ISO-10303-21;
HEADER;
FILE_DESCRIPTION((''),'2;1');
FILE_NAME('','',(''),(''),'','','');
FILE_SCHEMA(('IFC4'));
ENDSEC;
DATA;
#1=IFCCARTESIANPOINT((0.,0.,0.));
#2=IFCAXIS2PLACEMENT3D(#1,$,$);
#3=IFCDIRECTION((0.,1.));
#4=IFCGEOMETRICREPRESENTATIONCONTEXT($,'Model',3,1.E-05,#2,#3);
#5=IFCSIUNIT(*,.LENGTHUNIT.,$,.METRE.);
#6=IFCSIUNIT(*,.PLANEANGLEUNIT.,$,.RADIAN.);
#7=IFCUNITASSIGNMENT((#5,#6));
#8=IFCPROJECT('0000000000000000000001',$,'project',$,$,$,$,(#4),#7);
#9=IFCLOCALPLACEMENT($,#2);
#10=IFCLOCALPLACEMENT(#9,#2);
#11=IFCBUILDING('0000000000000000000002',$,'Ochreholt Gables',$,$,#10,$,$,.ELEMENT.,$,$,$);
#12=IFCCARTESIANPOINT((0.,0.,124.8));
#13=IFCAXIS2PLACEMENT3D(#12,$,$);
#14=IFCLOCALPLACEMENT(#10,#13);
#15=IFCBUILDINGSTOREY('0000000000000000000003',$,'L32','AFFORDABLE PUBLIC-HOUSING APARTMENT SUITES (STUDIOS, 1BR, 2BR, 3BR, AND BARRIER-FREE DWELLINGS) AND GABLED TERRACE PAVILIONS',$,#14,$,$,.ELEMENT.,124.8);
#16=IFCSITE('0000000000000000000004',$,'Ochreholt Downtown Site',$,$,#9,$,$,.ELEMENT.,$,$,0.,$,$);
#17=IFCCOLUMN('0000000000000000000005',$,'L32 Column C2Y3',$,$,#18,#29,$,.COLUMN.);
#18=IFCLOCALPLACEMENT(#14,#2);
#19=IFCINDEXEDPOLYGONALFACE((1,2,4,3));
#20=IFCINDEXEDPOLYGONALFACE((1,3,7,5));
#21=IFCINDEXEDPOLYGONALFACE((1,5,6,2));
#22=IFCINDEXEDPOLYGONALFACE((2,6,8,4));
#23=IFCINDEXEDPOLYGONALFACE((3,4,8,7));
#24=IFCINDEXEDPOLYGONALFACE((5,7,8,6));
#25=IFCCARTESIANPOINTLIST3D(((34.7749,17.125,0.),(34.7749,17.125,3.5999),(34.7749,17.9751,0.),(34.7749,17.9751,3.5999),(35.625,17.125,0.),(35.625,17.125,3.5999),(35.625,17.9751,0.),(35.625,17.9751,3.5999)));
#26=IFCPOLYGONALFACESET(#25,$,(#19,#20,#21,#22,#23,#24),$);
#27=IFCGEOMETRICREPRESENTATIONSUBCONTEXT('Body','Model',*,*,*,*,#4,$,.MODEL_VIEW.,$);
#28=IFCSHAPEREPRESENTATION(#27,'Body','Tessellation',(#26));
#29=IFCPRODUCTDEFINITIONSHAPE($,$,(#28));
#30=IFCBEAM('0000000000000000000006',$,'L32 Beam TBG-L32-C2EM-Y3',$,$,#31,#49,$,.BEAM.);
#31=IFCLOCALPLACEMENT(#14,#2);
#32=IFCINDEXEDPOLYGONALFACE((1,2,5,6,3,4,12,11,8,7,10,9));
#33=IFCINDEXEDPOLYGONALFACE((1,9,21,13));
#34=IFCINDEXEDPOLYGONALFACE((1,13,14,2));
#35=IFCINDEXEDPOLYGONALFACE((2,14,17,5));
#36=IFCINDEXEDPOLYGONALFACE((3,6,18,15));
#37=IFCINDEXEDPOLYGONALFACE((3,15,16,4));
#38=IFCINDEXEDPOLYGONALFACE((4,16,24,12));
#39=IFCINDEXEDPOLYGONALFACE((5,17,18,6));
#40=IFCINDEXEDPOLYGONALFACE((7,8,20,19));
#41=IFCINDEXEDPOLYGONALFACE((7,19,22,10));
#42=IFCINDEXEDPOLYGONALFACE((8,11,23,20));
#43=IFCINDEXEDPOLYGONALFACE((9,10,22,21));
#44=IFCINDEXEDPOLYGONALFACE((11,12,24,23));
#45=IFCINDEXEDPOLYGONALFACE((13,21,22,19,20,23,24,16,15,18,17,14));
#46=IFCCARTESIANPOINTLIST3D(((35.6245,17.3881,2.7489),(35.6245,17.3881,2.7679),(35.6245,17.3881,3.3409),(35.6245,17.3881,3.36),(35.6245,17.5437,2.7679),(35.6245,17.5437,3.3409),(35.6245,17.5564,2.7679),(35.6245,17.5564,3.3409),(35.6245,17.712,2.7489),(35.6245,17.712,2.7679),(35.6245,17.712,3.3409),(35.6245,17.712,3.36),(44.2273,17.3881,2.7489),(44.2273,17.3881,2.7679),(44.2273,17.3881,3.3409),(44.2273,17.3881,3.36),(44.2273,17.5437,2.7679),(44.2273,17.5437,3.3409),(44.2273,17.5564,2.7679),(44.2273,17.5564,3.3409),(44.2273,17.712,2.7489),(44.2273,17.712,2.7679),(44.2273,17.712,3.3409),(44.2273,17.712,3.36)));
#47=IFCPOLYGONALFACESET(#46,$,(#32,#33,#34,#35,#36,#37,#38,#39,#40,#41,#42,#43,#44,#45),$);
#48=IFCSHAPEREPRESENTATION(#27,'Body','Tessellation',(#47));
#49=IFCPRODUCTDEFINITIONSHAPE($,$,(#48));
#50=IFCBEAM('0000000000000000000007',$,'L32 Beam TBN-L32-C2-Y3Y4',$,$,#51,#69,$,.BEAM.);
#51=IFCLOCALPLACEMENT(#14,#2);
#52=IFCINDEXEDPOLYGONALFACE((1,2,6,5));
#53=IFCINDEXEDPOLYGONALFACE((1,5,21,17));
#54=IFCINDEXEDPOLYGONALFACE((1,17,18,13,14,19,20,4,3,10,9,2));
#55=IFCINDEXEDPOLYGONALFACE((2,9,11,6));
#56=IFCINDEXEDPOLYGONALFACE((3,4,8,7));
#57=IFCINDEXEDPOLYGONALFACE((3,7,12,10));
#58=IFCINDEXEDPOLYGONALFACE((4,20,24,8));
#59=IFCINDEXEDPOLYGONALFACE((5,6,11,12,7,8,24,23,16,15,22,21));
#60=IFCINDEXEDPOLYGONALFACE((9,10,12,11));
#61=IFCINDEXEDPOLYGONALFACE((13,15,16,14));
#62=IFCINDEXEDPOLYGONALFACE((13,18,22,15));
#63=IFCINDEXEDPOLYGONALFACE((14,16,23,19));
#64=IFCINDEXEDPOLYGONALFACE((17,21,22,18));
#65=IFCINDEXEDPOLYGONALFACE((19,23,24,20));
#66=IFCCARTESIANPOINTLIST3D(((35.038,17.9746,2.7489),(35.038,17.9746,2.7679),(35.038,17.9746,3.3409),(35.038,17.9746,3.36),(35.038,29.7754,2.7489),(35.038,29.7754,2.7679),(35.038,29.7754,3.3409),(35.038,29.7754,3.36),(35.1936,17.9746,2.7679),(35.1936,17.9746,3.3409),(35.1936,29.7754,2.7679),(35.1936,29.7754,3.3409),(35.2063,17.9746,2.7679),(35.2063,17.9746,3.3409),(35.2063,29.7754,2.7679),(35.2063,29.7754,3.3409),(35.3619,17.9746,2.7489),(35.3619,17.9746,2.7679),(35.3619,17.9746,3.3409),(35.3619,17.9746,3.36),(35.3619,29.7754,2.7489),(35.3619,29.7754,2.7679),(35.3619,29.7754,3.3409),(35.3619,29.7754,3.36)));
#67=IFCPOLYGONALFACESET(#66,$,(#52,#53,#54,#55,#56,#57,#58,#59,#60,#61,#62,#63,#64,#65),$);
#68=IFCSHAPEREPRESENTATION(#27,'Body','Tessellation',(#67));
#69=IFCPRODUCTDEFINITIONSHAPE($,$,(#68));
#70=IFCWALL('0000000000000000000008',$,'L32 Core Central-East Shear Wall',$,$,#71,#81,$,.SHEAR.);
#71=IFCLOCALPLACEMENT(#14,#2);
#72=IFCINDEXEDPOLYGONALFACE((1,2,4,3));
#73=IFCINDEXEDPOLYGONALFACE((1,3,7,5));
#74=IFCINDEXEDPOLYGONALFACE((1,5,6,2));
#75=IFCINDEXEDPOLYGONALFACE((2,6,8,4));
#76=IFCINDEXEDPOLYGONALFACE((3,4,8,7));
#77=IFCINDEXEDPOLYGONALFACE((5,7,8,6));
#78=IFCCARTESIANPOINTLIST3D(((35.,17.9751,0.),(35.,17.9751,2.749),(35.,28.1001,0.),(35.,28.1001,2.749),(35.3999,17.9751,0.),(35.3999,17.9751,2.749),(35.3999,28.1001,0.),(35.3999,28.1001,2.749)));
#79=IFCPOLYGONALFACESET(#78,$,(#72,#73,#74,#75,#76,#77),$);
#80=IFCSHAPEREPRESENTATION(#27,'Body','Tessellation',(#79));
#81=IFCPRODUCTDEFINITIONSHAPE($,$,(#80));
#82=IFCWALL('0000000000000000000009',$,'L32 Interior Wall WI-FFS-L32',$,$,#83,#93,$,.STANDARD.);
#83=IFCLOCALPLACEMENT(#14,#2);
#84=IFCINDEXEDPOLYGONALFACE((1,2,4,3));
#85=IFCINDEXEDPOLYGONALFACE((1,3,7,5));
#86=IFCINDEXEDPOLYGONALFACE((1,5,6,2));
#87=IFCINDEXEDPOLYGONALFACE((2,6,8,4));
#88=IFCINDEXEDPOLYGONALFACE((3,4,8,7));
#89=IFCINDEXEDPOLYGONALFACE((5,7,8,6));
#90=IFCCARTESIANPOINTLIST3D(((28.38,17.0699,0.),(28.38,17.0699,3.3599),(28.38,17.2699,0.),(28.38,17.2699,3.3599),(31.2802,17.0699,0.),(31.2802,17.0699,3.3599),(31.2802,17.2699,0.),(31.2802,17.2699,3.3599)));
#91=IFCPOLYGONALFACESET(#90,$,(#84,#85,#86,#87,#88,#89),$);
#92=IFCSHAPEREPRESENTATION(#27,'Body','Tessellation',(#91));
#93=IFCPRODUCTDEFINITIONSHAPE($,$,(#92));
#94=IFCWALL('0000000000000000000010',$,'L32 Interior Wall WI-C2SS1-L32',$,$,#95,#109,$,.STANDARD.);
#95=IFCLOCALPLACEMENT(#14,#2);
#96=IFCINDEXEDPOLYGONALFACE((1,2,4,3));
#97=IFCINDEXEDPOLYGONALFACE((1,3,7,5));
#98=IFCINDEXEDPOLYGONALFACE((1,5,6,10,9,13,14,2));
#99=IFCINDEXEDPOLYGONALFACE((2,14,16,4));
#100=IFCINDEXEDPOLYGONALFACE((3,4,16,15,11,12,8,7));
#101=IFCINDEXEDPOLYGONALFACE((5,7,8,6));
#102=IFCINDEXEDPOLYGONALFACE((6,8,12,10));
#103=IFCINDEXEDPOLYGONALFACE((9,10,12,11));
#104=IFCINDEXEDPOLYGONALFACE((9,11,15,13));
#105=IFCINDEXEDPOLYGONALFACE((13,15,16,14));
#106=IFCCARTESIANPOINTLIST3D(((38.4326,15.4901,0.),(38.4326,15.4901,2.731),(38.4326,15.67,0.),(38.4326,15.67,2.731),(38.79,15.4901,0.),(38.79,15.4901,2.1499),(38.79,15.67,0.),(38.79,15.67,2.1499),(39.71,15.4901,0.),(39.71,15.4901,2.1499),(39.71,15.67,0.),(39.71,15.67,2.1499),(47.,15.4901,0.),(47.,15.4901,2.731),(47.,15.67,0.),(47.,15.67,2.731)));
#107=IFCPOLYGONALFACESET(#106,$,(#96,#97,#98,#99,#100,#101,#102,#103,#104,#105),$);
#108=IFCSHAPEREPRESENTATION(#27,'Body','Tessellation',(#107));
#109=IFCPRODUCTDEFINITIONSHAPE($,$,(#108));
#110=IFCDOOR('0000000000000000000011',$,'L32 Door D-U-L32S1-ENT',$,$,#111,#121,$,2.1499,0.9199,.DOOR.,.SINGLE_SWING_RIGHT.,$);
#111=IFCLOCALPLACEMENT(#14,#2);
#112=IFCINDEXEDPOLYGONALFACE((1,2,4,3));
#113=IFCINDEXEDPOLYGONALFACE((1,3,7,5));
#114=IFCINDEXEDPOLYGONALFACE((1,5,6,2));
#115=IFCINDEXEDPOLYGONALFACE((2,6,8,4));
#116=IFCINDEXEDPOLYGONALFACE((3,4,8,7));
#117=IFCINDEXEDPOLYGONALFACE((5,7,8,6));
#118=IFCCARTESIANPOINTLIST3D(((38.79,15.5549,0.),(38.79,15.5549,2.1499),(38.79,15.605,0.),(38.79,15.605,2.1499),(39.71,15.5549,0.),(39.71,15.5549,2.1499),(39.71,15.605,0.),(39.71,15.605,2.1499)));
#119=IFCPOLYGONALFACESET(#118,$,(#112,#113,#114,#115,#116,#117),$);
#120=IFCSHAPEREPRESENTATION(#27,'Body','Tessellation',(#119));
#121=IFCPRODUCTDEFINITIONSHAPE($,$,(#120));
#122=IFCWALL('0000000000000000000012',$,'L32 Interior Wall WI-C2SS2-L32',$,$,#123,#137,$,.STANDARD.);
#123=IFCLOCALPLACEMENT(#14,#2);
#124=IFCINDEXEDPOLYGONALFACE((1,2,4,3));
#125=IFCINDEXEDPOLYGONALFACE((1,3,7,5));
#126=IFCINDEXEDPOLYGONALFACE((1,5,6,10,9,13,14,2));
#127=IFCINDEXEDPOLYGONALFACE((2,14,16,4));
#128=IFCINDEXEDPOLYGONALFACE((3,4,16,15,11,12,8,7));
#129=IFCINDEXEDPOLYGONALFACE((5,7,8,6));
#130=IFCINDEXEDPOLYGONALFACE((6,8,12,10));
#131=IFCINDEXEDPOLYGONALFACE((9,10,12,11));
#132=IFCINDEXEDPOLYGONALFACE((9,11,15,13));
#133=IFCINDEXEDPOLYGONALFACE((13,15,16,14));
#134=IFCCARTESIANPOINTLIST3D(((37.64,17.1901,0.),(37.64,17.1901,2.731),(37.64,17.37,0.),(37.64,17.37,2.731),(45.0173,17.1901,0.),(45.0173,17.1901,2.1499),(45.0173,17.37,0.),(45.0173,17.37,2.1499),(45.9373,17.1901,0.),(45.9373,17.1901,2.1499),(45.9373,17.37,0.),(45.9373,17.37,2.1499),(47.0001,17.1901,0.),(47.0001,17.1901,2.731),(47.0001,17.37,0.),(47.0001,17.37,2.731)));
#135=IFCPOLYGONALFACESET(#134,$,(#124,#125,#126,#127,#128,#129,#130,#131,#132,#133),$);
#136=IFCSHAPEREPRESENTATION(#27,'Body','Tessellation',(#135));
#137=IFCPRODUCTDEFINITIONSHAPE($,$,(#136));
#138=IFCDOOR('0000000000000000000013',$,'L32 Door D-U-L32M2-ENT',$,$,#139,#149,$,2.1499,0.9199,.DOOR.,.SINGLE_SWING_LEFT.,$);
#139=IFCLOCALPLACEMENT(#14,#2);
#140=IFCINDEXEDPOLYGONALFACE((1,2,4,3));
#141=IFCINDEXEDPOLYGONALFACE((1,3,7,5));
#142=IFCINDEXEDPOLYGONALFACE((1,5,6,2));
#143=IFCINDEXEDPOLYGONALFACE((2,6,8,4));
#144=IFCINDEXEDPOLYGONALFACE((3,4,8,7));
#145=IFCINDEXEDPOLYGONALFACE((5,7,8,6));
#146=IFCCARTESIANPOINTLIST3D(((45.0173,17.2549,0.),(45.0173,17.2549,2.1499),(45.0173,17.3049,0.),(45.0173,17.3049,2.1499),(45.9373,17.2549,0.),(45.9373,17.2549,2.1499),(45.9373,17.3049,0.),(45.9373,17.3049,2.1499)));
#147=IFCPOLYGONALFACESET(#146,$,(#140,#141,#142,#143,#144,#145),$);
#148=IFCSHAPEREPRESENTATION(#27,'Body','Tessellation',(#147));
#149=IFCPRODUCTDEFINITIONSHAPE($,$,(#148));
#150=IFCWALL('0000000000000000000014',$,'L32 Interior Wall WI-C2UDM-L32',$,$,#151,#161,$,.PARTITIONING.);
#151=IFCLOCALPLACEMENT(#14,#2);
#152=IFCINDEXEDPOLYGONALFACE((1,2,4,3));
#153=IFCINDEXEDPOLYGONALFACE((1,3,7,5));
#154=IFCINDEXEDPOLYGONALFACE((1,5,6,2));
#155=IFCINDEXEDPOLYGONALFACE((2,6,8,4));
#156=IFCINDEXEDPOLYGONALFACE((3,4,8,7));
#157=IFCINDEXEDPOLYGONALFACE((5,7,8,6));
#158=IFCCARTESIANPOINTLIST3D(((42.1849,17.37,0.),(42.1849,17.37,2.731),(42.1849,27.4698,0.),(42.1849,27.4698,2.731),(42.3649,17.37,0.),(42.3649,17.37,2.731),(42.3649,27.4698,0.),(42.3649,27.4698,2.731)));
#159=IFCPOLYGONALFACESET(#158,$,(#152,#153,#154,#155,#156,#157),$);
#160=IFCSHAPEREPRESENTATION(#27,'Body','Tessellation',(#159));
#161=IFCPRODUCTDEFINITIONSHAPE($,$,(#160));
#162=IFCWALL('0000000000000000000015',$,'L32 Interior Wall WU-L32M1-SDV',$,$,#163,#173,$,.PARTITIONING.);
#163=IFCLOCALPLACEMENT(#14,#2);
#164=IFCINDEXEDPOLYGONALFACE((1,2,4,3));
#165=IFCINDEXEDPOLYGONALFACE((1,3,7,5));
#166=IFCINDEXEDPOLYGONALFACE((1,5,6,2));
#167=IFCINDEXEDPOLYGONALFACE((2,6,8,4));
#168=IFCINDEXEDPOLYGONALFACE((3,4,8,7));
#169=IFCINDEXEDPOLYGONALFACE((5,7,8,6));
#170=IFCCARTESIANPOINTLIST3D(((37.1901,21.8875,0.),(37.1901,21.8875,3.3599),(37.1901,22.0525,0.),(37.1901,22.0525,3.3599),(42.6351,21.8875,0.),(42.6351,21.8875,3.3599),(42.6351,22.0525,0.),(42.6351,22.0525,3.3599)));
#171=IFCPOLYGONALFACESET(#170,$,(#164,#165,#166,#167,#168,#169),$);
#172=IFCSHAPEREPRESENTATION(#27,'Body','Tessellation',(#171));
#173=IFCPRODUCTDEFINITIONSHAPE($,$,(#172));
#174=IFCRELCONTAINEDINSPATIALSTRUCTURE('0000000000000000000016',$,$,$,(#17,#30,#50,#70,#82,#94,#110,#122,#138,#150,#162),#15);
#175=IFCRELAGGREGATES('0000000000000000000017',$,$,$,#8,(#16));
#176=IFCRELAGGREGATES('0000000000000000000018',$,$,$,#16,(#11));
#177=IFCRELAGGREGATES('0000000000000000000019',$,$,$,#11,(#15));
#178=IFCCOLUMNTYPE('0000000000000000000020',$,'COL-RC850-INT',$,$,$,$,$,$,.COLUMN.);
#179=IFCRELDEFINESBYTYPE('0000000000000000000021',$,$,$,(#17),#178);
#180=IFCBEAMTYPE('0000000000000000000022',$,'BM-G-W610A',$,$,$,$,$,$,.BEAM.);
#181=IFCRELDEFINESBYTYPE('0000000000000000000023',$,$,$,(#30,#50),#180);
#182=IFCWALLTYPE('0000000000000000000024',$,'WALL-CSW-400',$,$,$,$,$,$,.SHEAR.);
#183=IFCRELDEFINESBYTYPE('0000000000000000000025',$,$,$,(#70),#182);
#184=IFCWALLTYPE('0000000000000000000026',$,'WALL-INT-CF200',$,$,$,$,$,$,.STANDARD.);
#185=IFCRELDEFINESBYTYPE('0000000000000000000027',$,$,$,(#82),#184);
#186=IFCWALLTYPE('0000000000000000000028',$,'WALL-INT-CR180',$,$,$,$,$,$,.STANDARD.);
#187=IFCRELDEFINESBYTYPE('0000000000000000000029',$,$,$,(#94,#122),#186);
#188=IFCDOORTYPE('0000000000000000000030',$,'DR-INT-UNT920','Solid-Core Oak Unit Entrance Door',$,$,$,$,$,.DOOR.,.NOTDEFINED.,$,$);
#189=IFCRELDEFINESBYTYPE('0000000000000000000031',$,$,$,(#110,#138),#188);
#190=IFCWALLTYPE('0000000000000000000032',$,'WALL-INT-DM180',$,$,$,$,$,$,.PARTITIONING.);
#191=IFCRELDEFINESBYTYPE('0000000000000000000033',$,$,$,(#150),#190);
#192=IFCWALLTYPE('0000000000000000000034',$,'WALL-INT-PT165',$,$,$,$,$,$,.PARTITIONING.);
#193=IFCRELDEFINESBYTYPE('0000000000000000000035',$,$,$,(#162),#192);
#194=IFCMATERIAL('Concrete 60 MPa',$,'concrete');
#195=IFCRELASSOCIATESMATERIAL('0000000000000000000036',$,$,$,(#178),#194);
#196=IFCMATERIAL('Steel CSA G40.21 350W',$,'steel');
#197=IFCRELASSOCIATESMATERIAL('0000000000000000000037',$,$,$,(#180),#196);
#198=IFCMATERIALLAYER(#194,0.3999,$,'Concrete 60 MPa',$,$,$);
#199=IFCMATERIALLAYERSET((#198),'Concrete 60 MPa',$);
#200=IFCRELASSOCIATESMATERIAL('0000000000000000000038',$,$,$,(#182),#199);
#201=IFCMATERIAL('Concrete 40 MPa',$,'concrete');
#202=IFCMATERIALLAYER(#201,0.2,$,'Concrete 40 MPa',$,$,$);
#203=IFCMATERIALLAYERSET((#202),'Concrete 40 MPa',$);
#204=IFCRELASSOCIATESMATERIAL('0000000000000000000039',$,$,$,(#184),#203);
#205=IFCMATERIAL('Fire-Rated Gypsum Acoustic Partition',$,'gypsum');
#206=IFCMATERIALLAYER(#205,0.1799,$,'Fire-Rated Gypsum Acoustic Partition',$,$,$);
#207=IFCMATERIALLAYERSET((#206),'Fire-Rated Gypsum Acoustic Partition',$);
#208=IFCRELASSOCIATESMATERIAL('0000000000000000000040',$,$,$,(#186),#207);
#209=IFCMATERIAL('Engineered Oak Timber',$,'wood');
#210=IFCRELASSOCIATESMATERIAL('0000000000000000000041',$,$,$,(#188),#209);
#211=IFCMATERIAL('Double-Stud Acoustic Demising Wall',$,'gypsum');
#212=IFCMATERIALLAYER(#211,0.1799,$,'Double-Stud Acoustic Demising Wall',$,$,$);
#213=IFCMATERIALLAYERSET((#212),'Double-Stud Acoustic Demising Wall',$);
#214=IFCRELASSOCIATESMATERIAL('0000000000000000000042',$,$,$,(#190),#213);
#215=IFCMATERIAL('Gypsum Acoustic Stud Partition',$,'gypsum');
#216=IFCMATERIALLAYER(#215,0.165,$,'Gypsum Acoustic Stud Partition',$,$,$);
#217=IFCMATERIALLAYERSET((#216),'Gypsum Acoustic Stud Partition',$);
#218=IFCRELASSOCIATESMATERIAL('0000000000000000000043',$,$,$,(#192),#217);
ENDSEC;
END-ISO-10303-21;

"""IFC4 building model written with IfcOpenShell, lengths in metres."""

from ifc_helpers import new_model, si_unit, direction, frame, frame_2d, origin, origin_2d, place, context, subcontext, project, spatial, rectangle, i_section, extrude, material, layer, layer_set, material_profile, profile_set, type_object, element, fill, save


model = new_model("IFC4")

# Units and contexts
model_context = context("Model", 3, precision=1e-05, world=origin(), true_north=direction((0.0, 1.0)))
body_context = subcontext(model_context, "Body", "Model", "MODEL_VIEW")
ifc_project = project(units=[si_unit("LENGTHUNIT", "METRE"), si_unit("PLANEANGLEUNIT", "RADIAN")], contexts=[model_context])

# Site, building, storey
site_placement = place(None, origin())
site = spatial("IfcSite", under=ifc_project, at=site_placement, Name="Ochreholt Downtown Site", CompositionType="ELEMENT", RefElevation=0.0)
building_placement = place(site_placement, origin())
building = spatial("IfcBuilding", under=site, at=building_placement, Name="Ochreholt Gables", CompositionType="ELEMENT")
storey_placement = place(building_placement, frame((0.0, 0.0, 124.8)))
storey = spatial("IfcBuildingStorey", under=building, at=storey_placement, Name="L32", Description="AFFORDABLE PUBLIC-HOUSING APARTMENT SUITES (STUDIOS, 1BR, 2BR, 3BR, AND BARRIER-FREE DWELLINGS) AND GABLED TERRACE PAVILIONS", CompositionType="ELEMENT", Elevation=124.8)

# Column
ifc_material_1 = material(Name="Concrete 60 MPa", Category="concrete")
ifc_material_profile_1 = material_profile(ifc_material_1, rectangle(XDim=0.8501, YDim=0.8501, at=origin_2d()), Name="RC850X850")
ifc_profile_set_1 = profile_set([ifc_material_profile_1], Name="Concrete 60 MPa")
column_type = type_object("IfcColumnType", Name="COL-RC850-INT", PredefinedType="COLUMN", material=ifc_profile_set_1)
column_placement = place(storey_placement, frame((35.2, 17.55, 0.0), z_axis=(0.0, 0.0, 1.0), x_axis=(1.0, 0.0, 0.0)))
element("IfcColumn", 1, at=column_placement, inside=storey, type_object=column_type, Name="L32 Column C2Y3", PredefinedType="COLUMN", context=body_context, shape_type="SweptSolid", body=[
    extrude(rectangle(XDim=0.8501, YDim=0.8501, at=origin_2d()), origin(), (0.0, 0.0, 1.0), 3.5999),
])

# Beams
ifc_material_2 = material(Name="Steel CSA G40.21 350W", Category="steel")
ifc_material_profile_2 = material_profile(ifc_material_2, i_section(OverallWidth=0.324, OverallDepth=0.6111, WebThickness=0.0127, FlangeThickness=0.019, at=origin_2d()), Name="W610X155")
ifc_profile_set_2 = profile_set([ifc_material_profile_2], Name="Steel CSA G40.21 350W")
beam_type = type_object("IfcBeamType", Name="BM-G-W610A", PredefinedType="BEAM", material=ifc_profile_set_2)
beam_1_placement = place(storey_placement, frame((35.6245, 17.55, 3.0544), z_axis=(1.0, 0.0, 0.0), x_axis=(0.0, 1.0, 0.0)))
element("IfcBeam", 2, at=beam_1_placement, inside=storey, type_object=beam_type, Name="L32 Beam TBG-L32-C2EM-Y3", PredefinedType="BEAM", context=body_context, shape_type="SweptSolid", body=[
    extrude(i_section(OverallWidth=0.324, OverallDepth=0.6111, WebThickness=0.0127, FlangeThickness=0.019, at=origin_2d()), origin(), (0.0, 0.0, 1.0), 8.6028),
])
beam_2_placement = place(storey_placement, frame((35.2, 17.9746, 3.0544), z_axis=(0.0, 1.0, 0.0), x_axis=(-1.0, 0.0, 0.0)))
element("IfcBeam", 3, at=beam_2_placement, inside=storey, type_object=beam_type, Name="L32 Beam TBN-L32-C2-Y3Y4", PredefinedType="BEAM", context=body_context, shape_type="SweptSolid", body=[
    extrude(i_section(OverallWidth=0.324, OverallDepth=0.6111, WebThickness=0.0127, FlangeThickness=0.019, at=origin_2d()), origin(), (0.0, 0.0, 1.0), 11.8008),
])

# Walls
ifc_layer_1 = layer(ifc_material_1, 0.3999, Name="Concrete 60 MPa")
ifc_layer_set_1 = layer_set([ifc_layer_1], Name="Concrete 60 MPa")
wall_type_1 = type_object("IfcWallType", Name="WALL-CSW-400", PredefinedType="SHEAR", material=ifc_layer_set_1)
wall_1_placement = place(storey_placement, frame((35.2, 17.9751, 0.0), z_axis=(0.0, 0.0, 1.0), x_axis=(0.0, 1.0, 0.0)))
element("IfcWall", 4, at=wall_1_placement, inside=storey, type_object=wall_type_1, Name="L32 Core Central-East Shear Wall", PredefinedType="SHEAR", context=body_context, shape_type="SweptSolid", body=[
    extrude(rectangle(XDim=10.125, YDim=0.3999, at=frame_2d((5.0625, 0.0))), origin(), (0.0, 0.0, 1.0), 2.749),
])
ifc_material_3 = material(Name="Concrete 40 MPa", Category="concrete")
ifc_layer_2 = layer(ifc_material_3, 0.2, Name="Concrete 40 MPa")
ifc_layer_set_2 = layer_set([ifc_layer_2], Name="Concrete 40 MPa")
wall_type_2 = type_object("IfcWallType", Name="WALL-INT-CF200", PredefinedType="STANDARD", material=ifc_layer_set_2)
wall_2_placement = place(storey_placement, frame((28.3799, 17.1699, 0.0), z_axis=(0.0, 0.0, 1.0), x_axis=(1.0, 0.0, 0.0)))
element("IfcWall", 5, at=wall_2_placement, inside=storey, type_object=wall_type_2, Name="L32 Interior Wall WI-FFS-L32", PredefinedType="STANDARD", context=body_context, shape_type="SweptSolid", body=[
    extrude(rectangle(XDim=2.9001, YDim=0.2, at=frame_2d((1.4502, 0.0))), origin(), (0.0, 0.0, 1.0), 3.3599),
])

# Shared definitions
ifc_material_4 = material(Name="Fire-Rated Gypsum Acoustic Partition", Category="gypsum")
ifc_layer_3 = layer(ifc_material_4, 0.1799, Name="Fire-Rated Gypsum Acoustic Partition")
ifc_layer_set_3 = layer_set([ifc_layer_3], Name="Fire-Rated Gypsum Acoustic Partition")
wall_type_3 = type_object("IfcWallType", Name="WALL-INT-CR180", PredefinedType="STANDARD", material=ifc_layer_set_3)
ifc_material_5 = material(Name="Engineered Oak Timber", Category="wood")

# Walls, openings, doors
wall_3_placement = place(storey_placement, frame((38.4326, 15.5801, 0.0), z_axis=(0.0, 0.0, 1.0), x_axis=(1.0, 0.0, 0.0)))
wall_3 = element("IfcWall", 6, at=wall_3_placement, inside=storey, type_object=wall_type_3, Name="L32 Interior Wall WI-C2SS1-L32", PredefinedType="STANDARD", context=body_context, shape_type="SweptSolid", body=[
    extrude(rectangle(XDim=8.5674, YDim=0.1799, at=frame_2d((4.2837, 0.0))), origin(), (0.0, 0.0, 1.0), 2.731),
])
opening_1_placement = place(wall_3_placement, frame((0.3574, 0.0, 0.0)))
opening_1 = element("IfcOpeningElement", 7, at=opening_1_placement, cuts=wall_3, PredefinedType="OPENING", context=body_context, shape_type="SweptSolid", body=[
    extrude(rectangle(XDim=0.9199, YDim=2.1499, at=frame_2d((0.46, 1.075))), frame((0.0, 0.0999, 0.0), z_axis=(0.0, -1.0, 0.0), x_axis=(1.0, 0.0, 0.0)), (0.0, 0.0, 1.0), 0.2),
])
door_type_1 = type_object("IfcDoorType", Name="DR-INT-UNT920", Description="Solid-Core Oak Unit Entrance Door", OperationType="NOTDEFINED", PredefinedType="DOOR", material=ifc_material_5)
door_1_placement = place(opening_1_placement, origin())
door_1 = element("IfcDoor", 8, at=door_1_placement, inside=storey, type_object=door_type_1, Name="L32 Door D-U-L32S1-ENT", OperationType="SINGLE_SWING_RIGHT", OverallHeight=2.1499, OverallWidth=0.9199, PredefinedType="DOOR", context=body_context, shape_type="SweptSolid", body=[
    extrude(rectangle(XDim=0.9199, YDim=2.1499, at=frame_2d((0.46, 1.075))), frame((0.0, 0.0249, 0.0), z_axis=(0.0, -1.0, 0.0), x_axis=(1.0, 0.0, 0.0)), (0.0, 0.0, 1.0), 0.05),
])
fill(opening_1, door_1)
wall_4_placement = place(storey_placement, frame((37.6399, 17.28, 0.0), z_axis=(0.0, 0.0, 1.0), x_axis=(1.0, 0.0, 0.0)))
wall_4 = element("IfcWall", 9, at=wall_4_placement, inside=storey, type_object=wall_type_3, Name="L32 Interior Wall WI-C2SS2-L32", PredefinedType="STANDARD", context=body_context, shape_type="SweptSolid", body=[
    extrude(rectangle(XDim=9.3601, YDim=0.1799, at=frame_2d((4.6802, 0.0))), origin(), (0.0, 0.0, 1.0), 2.731),
])
opening_2_placement = place(wall_4_placement, frame((7.3774, 0.0, 0.0)))
opening_2 = element("IfcOpeningElement", 10, at=opening_2_placement, cuts=wall_4, PredefinedType="OPENING", context=body_context, shape_type="SweptSolid", body=[
    extrude(rectangle(XDim=0.9199, YDim=2.1499, at=frame_2d((0.46, 1.075))), frame((0.0, 0.0999, 0.0), z_axis=(0.0, -1.0, 0.0), x_axis=(1.0, 0.0, 0.0)), (0.0, 0.0, 1.0), 0.2),
])
door_2_placement = place(opening_2_placement, origin())
door_2 = element("IfcDoor", 11, at=door_2_placement, inside=storey, type_object=door_type_1, Name="L32 Door D-U-L32M2-ENT", OperationType="SINGLE_SWING_LEFT", OverallHeight=2.1499, OverallWidth=0.9199, PredefinedType="DOOR", context=body_context, shape_type="SweptSolid", body=[
    extrude(rectangle(XDim=0.9199, YDim=2.1499, at=frame_2d((0.46, 1.075))), frame((0.0, 0.0249, 0.0), z_axis=(0.0, -1.0, 0.0), x_axis=(1.0, 0.0, 0.0)), (0.0, 0.0, 1.0), 0.05),
])
fill(opening_2, door_2)

# Walls
ifc_material_6 = material(Name="Double-Stud Acoustic Demising Wall", Category="gypsum")
ifc_layer_4 = layer(ifc_material_6, 0.1799, Name="Double-Stud Acoustic Demising Wall")
ifc_layer_set_4 = layer_set([ifc_layer_4], Name="Double-Stud Acoustic Demising Wall")
wall_type_4 = type_object("IfcWallType", Name="WALL-INT-DM180", PredefinedType="PARTITIONING", material=ifc_layer_set_4)
wall_5_placement = place(storey_placement, frame((42.2749, 17.3701, 0.0), z_axis=(0.0, 0.0, 1.0), x_axis=(0.0, 1.0, 0.0)))
element("IfcWall", 12, at=wall_5_placement, inside=storey, type_object=wall_type_4, Name="L32 Interior Wall WI-C2UDM-L32", PredefinedType="PARTITIONING", context=body_context, shape_type="SweptSolid", body=[
    extrude(rectangle(XDim=10.0999, YDim=0.1799, at=frame_2d((5.0498, 0.0))), origin(), (0.0, 0.0, 1.0), 2.731),
])
ifc_material_7 = material(Name="Gypsum Acoustic Stud Partition", Category="gypsum")
ifc_layer_5 = layer(ifc_material_7, 0.165, Name="Gypsum Acoustic Stud Partition")
ifc_layer_set_5 = layer_set([ifc_layer_5], Name="Gypsum Acoustic Stud Partition")
wall_type_5 = type_object("IfcWallType", Name="WALL-INT-PT165", PredefinedType="PARTITIONING", material=ifc_layer_set_5)
wall_6_placement = place(storey_placement, frame((37.1899, 21.97, 0.0), z_axis=(0.0, 0.0, 1.0), x_axis=(1.0, 0.0, 0.0)))
element("IfcWall", 13, at=wall_6_placement, inside=storey, type_object=wall_type_5, Name="L32 Interior Wall WU-L32M1-SDV", PredefinedType="PARTITIONING", context=body_context, shape_type="SweptSolid", body=[
    extrude(rectangle(XDim=5.4451, YDim=0.165, at=frame_2d((2.7227, 0.0))), origin(), (0.0, 0.0, 1.0), 3.3599),
])

save(model, "model.ifc")
